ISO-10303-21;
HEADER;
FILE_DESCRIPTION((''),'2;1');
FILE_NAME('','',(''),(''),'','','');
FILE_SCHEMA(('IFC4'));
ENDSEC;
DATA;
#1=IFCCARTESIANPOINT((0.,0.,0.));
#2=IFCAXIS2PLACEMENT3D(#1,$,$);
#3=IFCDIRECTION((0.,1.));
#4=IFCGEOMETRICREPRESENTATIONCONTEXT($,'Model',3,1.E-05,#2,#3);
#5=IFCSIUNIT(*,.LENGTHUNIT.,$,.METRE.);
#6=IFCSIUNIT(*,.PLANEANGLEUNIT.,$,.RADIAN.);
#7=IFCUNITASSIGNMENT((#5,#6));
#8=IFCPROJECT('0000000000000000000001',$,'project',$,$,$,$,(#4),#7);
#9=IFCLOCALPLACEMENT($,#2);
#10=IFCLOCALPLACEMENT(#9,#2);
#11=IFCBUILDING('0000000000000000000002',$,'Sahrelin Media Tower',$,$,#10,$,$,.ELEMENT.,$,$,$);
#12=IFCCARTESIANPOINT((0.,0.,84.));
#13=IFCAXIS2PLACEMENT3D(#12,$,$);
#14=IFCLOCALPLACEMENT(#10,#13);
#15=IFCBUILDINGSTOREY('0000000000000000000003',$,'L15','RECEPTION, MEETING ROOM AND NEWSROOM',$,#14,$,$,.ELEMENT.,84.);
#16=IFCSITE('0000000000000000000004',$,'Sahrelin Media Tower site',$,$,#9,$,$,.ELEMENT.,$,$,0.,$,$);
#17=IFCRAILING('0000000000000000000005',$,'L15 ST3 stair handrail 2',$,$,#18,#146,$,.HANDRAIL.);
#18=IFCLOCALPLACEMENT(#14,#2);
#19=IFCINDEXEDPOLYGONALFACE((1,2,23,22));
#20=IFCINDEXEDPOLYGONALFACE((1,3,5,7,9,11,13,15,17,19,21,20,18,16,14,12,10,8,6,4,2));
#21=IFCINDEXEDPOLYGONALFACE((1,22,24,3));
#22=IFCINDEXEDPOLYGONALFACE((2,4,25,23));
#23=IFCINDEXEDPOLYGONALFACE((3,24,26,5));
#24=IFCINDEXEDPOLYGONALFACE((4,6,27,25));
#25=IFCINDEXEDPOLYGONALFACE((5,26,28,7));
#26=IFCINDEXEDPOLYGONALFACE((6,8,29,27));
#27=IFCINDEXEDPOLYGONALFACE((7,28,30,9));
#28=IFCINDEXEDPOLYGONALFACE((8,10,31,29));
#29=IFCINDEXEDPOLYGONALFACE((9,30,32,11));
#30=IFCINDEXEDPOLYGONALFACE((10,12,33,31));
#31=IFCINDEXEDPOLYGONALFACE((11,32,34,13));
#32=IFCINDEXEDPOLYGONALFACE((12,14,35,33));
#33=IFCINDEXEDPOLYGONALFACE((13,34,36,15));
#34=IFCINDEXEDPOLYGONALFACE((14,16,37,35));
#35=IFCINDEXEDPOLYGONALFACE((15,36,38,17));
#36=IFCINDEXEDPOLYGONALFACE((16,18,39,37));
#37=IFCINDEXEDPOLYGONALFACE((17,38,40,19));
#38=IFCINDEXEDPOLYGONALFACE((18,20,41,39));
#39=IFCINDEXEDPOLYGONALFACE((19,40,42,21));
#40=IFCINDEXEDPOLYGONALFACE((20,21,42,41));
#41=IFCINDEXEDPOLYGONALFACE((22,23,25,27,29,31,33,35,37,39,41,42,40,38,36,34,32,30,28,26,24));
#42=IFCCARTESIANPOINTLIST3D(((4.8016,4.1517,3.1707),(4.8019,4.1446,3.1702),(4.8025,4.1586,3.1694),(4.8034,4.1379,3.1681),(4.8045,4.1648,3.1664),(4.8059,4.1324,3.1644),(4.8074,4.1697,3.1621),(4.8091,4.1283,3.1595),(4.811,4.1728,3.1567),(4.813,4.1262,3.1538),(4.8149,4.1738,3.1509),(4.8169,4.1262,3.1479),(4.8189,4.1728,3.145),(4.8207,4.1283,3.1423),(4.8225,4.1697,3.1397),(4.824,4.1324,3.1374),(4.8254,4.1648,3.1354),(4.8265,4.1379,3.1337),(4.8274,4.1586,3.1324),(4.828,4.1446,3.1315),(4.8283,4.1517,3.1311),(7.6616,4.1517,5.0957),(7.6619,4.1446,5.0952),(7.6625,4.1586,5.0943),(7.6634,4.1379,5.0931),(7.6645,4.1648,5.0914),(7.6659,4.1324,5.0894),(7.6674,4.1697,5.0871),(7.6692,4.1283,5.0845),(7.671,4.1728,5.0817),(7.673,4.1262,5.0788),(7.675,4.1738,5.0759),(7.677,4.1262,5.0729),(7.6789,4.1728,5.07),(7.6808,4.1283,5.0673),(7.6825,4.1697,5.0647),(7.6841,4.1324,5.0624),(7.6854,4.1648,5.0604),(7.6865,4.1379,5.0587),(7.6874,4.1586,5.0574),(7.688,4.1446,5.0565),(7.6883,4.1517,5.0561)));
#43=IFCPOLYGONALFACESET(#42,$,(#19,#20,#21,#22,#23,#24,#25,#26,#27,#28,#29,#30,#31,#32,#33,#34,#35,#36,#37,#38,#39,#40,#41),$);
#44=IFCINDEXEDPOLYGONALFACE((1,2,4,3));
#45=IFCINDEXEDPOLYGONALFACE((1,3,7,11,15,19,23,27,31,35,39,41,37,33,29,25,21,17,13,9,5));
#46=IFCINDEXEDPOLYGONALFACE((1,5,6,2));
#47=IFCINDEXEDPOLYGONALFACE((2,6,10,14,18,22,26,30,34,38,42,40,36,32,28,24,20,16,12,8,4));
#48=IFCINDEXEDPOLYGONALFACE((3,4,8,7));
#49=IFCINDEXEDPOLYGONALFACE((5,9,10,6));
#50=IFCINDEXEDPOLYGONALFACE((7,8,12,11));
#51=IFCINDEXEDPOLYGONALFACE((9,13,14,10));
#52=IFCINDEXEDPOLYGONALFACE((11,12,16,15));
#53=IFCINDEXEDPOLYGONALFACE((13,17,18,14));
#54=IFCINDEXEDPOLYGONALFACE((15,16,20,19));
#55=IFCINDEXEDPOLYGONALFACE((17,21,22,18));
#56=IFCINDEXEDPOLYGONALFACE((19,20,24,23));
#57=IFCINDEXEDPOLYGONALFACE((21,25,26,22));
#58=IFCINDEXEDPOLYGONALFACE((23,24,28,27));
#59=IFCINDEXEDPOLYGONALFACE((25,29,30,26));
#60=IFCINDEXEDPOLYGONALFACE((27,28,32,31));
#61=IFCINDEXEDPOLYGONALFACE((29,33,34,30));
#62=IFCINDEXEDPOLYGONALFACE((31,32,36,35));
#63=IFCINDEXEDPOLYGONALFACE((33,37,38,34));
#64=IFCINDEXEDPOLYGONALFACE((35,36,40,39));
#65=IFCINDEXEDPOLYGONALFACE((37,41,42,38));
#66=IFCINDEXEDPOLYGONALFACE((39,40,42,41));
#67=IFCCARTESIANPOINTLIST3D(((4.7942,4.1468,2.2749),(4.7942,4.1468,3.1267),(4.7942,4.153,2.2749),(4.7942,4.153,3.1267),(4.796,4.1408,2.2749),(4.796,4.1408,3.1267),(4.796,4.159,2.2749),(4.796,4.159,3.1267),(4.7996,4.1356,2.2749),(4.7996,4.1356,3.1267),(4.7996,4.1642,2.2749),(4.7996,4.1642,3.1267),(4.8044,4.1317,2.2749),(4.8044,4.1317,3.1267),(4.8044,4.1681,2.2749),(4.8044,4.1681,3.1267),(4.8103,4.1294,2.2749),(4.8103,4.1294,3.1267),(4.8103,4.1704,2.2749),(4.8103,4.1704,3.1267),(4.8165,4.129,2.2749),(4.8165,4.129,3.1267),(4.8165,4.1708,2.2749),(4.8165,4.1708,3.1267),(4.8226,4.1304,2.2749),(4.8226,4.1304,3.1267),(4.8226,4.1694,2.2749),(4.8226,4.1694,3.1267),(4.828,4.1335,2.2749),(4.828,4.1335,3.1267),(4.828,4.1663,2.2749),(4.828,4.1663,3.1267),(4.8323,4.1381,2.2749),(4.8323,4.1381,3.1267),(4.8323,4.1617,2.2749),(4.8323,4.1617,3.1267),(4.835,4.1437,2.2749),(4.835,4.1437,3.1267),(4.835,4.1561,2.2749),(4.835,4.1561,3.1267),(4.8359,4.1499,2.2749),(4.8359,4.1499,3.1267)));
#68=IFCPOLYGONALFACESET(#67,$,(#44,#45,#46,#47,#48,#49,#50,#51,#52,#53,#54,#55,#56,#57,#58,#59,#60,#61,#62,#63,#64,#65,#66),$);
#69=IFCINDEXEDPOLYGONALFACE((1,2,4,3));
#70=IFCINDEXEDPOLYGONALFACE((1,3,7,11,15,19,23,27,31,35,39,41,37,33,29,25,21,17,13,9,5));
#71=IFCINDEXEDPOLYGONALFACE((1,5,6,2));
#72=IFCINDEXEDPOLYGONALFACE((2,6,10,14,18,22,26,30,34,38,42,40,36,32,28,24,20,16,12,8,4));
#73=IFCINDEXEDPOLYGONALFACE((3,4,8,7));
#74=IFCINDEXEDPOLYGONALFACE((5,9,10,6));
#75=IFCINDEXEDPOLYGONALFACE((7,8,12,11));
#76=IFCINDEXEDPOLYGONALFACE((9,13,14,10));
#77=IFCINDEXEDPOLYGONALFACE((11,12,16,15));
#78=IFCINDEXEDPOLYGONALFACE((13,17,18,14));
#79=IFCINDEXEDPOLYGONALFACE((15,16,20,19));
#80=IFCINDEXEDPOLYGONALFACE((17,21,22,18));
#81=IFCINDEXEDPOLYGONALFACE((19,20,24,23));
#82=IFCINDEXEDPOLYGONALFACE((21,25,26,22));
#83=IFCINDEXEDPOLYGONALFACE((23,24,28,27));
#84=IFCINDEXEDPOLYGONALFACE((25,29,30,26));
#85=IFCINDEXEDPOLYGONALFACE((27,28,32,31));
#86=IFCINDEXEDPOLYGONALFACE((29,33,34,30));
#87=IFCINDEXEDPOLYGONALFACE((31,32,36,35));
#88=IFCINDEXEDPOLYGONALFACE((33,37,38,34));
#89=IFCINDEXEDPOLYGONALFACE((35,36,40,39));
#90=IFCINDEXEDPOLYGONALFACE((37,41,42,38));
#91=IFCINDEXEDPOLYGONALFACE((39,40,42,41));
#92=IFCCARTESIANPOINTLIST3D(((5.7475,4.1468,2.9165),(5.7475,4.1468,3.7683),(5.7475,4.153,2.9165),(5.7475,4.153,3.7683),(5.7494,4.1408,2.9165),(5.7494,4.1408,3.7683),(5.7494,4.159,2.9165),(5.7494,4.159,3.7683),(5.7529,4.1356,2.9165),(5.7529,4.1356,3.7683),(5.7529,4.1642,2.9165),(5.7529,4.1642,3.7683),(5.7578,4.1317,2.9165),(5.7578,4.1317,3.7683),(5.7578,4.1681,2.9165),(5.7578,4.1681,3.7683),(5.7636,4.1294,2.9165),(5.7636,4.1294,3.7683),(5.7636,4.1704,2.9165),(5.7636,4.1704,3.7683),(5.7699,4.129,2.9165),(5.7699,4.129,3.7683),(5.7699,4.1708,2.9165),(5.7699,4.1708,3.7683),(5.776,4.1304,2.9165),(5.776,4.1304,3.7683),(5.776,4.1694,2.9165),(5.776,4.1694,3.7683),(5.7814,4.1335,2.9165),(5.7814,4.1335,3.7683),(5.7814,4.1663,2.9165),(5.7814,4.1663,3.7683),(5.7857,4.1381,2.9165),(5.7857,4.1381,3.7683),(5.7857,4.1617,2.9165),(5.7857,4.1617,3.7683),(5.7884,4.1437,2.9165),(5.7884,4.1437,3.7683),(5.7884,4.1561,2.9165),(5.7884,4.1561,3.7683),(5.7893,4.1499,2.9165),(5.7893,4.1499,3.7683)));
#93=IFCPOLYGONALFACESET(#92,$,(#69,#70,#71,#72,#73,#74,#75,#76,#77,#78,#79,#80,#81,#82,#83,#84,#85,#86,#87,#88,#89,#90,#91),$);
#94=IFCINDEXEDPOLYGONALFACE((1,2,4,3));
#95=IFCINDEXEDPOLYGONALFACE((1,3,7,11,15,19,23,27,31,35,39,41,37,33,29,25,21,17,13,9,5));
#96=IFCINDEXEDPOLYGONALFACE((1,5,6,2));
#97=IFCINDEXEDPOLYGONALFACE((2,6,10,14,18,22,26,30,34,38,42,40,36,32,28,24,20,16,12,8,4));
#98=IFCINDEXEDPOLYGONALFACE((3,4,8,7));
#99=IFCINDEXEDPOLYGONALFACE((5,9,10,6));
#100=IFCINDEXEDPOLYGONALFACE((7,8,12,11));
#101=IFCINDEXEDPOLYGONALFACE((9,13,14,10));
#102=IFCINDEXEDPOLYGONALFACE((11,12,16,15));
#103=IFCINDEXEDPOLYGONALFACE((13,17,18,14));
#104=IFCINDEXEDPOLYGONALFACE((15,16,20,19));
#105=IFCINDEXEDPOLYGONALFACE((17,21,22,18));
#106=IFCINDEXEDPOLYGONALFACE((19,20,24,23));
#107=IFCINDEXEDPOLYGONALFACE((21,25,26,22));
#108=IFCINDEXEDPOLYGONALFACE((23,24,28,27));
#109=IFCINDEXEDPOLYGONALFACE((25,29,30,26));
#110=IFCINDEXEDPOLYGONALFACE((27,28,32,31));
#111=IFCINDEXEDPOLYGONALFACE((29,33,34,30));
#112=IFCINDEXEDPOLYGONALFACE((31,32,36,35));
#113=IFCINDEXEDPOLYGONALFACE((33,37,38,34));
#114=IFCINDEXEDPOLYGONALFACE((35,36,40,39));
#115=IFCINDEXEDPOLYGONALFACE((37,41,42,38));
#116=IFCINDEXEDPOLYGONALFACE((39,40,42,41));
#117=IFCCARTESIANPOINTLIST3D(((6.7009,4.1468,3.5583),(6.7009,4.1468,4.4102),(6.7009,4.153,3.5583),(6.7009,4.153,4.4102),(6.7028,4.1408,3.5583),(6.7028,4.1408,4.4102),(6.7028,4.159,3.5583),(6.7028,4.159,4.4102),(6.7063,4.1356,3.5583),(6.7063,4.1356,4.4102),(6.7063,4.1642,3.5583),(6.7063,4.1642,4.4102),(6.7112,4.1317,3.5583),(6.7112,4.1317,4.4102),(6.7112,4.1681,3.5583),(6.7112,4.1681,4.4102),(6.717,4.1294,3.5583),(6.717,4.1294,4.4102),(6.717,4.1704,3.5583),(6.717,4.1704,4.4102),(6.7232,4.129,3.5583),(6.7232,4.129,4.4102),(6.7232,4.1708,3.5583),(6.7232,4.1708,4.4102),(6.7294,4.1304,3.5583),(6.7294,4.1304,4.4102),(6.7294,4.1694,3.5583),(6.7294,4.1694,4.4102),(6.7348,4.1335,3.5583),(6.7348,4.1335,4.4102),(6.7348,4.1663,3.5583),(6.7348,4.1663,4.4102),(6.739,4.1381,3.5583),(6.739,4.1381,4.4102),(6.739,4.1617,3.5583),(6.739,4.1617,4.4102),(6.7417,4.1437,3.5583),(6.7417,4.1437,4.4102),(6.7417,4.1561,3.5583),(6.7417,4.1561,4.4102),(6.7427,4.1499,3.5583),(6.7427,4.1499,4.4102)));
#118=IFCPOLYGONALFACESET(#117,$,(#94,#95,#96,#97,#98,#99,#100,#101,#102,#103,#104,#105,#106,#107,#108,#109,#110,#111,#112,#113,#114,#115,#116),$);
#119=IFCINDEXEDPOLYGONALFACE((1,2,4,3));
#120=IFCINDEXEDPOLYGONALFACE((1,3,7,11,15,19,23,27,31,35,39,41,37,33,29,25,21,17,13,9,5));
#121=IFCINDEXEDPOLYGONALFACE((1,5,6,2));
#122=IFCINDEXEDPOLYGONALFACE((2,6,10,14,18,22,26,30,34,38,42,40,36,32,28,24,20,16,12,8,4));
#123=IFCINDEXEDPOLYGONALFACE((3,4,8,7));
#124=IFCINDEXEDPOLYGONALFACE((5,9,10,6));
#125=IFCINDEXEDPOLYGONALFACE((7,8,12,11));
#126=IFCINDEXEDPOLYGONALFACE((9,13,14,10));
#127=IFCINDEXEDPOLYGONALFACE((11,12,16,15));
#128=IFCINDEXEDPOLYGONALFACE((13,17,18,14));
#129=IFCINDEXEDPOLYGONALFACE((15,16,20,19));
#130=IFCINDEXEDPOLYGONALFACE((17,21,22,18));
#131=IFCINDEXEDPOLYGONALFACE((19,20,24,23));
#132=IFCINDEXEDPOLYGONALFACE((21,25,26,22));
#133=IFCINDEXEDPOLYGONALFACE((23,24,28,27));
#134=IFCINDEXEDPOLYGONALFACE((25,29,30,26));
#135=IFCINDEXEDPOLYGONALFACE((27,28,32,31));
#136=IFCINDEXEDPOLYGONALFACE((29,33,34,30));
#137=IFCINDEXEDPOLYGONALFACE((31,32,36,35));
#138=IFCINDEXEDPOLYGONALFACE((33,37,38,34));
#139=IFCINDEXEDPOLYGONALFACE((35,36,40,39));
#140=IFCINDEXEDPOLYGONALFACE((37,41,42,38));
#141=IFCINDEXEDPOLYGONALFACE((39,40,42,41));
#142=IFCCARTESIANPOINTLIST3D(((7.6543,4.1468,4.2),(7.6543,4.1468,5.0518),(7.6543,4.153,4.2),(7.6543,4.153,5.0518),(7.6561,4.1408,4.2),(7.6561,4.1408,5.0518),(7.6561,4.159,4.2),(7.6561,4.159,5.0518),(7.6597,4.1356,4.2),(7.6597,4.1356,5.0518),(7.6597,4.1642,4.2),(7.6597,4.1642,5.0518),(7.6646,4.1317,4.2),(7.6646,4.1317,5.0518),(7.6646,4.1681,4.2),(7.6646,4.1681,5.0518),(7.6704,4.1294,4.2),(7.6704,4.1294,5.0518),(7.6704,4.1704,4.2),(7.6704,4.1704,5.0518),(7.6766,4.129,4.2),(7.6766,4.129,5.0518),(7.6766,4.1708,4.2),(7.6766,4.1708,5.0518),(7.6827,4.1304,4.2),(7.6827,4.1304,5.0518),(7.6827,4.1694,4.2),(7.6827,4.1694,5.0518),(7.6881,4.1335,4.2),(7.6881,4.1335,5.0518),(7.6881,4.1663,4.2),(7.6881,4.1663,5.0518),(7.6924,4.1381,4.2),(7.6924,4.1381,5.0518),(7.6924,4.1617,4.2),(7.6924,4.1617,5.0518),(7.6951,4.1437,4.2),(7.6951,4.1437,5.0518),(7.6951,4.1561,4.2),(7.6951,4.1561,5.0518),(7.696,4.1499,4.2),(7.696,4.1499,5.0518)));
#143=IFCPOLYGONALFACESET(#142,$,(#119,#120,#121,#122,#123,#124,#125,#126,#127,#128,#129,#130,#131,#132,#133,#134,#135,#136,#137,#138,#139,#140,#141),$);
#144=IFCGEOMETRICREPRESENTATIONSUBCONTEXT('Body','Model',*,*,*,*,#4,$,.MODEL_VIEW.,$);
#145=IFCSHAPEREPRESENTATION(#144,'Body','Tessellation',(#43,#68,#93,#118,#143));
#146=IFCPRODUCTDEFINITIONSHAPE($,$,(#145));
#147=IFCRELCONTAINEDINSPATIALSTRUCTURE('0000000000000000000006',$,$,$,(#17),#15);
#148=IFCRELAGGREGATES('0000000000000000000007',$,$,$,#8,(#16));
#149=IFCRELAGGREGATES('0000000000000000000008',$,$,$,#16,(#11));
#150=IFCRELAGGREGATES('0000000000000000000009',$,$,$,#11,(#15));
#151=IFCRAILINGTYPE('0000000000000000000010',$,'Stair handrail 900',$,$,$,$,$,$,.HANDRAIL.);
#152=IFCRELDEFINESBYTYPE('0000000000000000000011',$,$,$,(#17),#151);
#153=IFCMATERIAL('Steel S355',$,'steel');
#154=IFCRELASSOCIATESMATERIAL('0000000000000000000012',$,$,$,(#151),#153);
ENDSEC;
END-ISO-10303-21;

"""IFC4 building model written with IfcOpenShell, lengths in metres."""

from ifc_helpers import new_model, si_unit, direction, frame, origin, origin_2d, place, context, subcontext, project, spatial, circle, extrude, material, type_object, element, save


model = new_model("IFC4")

# Units and contexts
model_context = context("Model", 3, precision=1e-05, world=origin(), true_north=direction((0.0, 1.0)))
body_context = subcontext(model_context, "Body", "Model", "MODEL_VIEW")
ifc_project = project(units=[si_unit("LENGTHUNIT", "METRE"), si_unit("PLANEANGLEUNIT", "RADIAN")], contexts=[model_context])

# Site, building, storey
site_placement = place(None, origin())
site = spatial("IfcSite", under=ifc_project, at=site_placement, Name="Sahrelin Media Tower site", CompositionType="ELEMENT", RefElevation=0.0)
building_placement = place(site_placement, origin())
building = spatial("IfcBuilding", under=site, at=building_placement, Name="Sahrelin Media Tower", CompositionType="ELEMENT")
storey_placement = place(building_placement, frame((0.0, 0.0, 84.0)))
storey = spatial("IfcBuildingStorey", under=building, at=storey_placement, Name="L15", Description="RECEPTION, MEETING ROOM AND NEWSROOM", CompositionType="ELEMENT", Elevation=84.0)

# Shared definitions
ifc_material_1 = material(Name="Steel S355", Category="steel")

# Railing
railing_type_1 = type_object("IfcRailingType", Name="Stair handrail 900", PredefinedType="HANDRAIL", material=ifc_material_1)
railing_1_placement = place(storey_placement, frame((4.8149, 4.1499, 2.2749)))
element("IfcRailing", 1, at=railing_1_placement, inside=storey, type_object=railing_type_1, Name="L15 ST3 stair handrail 2", PredefinedType="HANDRAIL", context=body_context, shape_type="SweptSolid", body=[
    extrude(circle(Radius=0.0239, at=origin_2d()), frame((0.0, 0.0, 0.876), z_axis=(0.829591, 0.0, 0.558372), x_axis=(0.0, 1.0, 0.0)), (0.0, 0.0, 1.0), 3.4475),
    extrude(circle(Radius=0.021, at=origin_2d()), origin(), (0.0, 0.0, 1.0), 0.8518),
    extrude(circle(Radius=0.021, at=origin_2d()), frame((0.9534, 0.0, 0.6416)), (0.0, 0.0, 1.0), 0.8518),
    extrude(circle(Radius=0.021, at=origin_2d()), frame((1.9067, 0.0, 1.2834)), (0.0, 0.0, 1.0), 0.8518),
    extrude(circle(Radius=0.021, at=origin_2d()), frame((2.8601, 0.0, 1.925)), (0.0, 0.0, 1.0), 0.8518),
])

save(model, "model.ifc")
